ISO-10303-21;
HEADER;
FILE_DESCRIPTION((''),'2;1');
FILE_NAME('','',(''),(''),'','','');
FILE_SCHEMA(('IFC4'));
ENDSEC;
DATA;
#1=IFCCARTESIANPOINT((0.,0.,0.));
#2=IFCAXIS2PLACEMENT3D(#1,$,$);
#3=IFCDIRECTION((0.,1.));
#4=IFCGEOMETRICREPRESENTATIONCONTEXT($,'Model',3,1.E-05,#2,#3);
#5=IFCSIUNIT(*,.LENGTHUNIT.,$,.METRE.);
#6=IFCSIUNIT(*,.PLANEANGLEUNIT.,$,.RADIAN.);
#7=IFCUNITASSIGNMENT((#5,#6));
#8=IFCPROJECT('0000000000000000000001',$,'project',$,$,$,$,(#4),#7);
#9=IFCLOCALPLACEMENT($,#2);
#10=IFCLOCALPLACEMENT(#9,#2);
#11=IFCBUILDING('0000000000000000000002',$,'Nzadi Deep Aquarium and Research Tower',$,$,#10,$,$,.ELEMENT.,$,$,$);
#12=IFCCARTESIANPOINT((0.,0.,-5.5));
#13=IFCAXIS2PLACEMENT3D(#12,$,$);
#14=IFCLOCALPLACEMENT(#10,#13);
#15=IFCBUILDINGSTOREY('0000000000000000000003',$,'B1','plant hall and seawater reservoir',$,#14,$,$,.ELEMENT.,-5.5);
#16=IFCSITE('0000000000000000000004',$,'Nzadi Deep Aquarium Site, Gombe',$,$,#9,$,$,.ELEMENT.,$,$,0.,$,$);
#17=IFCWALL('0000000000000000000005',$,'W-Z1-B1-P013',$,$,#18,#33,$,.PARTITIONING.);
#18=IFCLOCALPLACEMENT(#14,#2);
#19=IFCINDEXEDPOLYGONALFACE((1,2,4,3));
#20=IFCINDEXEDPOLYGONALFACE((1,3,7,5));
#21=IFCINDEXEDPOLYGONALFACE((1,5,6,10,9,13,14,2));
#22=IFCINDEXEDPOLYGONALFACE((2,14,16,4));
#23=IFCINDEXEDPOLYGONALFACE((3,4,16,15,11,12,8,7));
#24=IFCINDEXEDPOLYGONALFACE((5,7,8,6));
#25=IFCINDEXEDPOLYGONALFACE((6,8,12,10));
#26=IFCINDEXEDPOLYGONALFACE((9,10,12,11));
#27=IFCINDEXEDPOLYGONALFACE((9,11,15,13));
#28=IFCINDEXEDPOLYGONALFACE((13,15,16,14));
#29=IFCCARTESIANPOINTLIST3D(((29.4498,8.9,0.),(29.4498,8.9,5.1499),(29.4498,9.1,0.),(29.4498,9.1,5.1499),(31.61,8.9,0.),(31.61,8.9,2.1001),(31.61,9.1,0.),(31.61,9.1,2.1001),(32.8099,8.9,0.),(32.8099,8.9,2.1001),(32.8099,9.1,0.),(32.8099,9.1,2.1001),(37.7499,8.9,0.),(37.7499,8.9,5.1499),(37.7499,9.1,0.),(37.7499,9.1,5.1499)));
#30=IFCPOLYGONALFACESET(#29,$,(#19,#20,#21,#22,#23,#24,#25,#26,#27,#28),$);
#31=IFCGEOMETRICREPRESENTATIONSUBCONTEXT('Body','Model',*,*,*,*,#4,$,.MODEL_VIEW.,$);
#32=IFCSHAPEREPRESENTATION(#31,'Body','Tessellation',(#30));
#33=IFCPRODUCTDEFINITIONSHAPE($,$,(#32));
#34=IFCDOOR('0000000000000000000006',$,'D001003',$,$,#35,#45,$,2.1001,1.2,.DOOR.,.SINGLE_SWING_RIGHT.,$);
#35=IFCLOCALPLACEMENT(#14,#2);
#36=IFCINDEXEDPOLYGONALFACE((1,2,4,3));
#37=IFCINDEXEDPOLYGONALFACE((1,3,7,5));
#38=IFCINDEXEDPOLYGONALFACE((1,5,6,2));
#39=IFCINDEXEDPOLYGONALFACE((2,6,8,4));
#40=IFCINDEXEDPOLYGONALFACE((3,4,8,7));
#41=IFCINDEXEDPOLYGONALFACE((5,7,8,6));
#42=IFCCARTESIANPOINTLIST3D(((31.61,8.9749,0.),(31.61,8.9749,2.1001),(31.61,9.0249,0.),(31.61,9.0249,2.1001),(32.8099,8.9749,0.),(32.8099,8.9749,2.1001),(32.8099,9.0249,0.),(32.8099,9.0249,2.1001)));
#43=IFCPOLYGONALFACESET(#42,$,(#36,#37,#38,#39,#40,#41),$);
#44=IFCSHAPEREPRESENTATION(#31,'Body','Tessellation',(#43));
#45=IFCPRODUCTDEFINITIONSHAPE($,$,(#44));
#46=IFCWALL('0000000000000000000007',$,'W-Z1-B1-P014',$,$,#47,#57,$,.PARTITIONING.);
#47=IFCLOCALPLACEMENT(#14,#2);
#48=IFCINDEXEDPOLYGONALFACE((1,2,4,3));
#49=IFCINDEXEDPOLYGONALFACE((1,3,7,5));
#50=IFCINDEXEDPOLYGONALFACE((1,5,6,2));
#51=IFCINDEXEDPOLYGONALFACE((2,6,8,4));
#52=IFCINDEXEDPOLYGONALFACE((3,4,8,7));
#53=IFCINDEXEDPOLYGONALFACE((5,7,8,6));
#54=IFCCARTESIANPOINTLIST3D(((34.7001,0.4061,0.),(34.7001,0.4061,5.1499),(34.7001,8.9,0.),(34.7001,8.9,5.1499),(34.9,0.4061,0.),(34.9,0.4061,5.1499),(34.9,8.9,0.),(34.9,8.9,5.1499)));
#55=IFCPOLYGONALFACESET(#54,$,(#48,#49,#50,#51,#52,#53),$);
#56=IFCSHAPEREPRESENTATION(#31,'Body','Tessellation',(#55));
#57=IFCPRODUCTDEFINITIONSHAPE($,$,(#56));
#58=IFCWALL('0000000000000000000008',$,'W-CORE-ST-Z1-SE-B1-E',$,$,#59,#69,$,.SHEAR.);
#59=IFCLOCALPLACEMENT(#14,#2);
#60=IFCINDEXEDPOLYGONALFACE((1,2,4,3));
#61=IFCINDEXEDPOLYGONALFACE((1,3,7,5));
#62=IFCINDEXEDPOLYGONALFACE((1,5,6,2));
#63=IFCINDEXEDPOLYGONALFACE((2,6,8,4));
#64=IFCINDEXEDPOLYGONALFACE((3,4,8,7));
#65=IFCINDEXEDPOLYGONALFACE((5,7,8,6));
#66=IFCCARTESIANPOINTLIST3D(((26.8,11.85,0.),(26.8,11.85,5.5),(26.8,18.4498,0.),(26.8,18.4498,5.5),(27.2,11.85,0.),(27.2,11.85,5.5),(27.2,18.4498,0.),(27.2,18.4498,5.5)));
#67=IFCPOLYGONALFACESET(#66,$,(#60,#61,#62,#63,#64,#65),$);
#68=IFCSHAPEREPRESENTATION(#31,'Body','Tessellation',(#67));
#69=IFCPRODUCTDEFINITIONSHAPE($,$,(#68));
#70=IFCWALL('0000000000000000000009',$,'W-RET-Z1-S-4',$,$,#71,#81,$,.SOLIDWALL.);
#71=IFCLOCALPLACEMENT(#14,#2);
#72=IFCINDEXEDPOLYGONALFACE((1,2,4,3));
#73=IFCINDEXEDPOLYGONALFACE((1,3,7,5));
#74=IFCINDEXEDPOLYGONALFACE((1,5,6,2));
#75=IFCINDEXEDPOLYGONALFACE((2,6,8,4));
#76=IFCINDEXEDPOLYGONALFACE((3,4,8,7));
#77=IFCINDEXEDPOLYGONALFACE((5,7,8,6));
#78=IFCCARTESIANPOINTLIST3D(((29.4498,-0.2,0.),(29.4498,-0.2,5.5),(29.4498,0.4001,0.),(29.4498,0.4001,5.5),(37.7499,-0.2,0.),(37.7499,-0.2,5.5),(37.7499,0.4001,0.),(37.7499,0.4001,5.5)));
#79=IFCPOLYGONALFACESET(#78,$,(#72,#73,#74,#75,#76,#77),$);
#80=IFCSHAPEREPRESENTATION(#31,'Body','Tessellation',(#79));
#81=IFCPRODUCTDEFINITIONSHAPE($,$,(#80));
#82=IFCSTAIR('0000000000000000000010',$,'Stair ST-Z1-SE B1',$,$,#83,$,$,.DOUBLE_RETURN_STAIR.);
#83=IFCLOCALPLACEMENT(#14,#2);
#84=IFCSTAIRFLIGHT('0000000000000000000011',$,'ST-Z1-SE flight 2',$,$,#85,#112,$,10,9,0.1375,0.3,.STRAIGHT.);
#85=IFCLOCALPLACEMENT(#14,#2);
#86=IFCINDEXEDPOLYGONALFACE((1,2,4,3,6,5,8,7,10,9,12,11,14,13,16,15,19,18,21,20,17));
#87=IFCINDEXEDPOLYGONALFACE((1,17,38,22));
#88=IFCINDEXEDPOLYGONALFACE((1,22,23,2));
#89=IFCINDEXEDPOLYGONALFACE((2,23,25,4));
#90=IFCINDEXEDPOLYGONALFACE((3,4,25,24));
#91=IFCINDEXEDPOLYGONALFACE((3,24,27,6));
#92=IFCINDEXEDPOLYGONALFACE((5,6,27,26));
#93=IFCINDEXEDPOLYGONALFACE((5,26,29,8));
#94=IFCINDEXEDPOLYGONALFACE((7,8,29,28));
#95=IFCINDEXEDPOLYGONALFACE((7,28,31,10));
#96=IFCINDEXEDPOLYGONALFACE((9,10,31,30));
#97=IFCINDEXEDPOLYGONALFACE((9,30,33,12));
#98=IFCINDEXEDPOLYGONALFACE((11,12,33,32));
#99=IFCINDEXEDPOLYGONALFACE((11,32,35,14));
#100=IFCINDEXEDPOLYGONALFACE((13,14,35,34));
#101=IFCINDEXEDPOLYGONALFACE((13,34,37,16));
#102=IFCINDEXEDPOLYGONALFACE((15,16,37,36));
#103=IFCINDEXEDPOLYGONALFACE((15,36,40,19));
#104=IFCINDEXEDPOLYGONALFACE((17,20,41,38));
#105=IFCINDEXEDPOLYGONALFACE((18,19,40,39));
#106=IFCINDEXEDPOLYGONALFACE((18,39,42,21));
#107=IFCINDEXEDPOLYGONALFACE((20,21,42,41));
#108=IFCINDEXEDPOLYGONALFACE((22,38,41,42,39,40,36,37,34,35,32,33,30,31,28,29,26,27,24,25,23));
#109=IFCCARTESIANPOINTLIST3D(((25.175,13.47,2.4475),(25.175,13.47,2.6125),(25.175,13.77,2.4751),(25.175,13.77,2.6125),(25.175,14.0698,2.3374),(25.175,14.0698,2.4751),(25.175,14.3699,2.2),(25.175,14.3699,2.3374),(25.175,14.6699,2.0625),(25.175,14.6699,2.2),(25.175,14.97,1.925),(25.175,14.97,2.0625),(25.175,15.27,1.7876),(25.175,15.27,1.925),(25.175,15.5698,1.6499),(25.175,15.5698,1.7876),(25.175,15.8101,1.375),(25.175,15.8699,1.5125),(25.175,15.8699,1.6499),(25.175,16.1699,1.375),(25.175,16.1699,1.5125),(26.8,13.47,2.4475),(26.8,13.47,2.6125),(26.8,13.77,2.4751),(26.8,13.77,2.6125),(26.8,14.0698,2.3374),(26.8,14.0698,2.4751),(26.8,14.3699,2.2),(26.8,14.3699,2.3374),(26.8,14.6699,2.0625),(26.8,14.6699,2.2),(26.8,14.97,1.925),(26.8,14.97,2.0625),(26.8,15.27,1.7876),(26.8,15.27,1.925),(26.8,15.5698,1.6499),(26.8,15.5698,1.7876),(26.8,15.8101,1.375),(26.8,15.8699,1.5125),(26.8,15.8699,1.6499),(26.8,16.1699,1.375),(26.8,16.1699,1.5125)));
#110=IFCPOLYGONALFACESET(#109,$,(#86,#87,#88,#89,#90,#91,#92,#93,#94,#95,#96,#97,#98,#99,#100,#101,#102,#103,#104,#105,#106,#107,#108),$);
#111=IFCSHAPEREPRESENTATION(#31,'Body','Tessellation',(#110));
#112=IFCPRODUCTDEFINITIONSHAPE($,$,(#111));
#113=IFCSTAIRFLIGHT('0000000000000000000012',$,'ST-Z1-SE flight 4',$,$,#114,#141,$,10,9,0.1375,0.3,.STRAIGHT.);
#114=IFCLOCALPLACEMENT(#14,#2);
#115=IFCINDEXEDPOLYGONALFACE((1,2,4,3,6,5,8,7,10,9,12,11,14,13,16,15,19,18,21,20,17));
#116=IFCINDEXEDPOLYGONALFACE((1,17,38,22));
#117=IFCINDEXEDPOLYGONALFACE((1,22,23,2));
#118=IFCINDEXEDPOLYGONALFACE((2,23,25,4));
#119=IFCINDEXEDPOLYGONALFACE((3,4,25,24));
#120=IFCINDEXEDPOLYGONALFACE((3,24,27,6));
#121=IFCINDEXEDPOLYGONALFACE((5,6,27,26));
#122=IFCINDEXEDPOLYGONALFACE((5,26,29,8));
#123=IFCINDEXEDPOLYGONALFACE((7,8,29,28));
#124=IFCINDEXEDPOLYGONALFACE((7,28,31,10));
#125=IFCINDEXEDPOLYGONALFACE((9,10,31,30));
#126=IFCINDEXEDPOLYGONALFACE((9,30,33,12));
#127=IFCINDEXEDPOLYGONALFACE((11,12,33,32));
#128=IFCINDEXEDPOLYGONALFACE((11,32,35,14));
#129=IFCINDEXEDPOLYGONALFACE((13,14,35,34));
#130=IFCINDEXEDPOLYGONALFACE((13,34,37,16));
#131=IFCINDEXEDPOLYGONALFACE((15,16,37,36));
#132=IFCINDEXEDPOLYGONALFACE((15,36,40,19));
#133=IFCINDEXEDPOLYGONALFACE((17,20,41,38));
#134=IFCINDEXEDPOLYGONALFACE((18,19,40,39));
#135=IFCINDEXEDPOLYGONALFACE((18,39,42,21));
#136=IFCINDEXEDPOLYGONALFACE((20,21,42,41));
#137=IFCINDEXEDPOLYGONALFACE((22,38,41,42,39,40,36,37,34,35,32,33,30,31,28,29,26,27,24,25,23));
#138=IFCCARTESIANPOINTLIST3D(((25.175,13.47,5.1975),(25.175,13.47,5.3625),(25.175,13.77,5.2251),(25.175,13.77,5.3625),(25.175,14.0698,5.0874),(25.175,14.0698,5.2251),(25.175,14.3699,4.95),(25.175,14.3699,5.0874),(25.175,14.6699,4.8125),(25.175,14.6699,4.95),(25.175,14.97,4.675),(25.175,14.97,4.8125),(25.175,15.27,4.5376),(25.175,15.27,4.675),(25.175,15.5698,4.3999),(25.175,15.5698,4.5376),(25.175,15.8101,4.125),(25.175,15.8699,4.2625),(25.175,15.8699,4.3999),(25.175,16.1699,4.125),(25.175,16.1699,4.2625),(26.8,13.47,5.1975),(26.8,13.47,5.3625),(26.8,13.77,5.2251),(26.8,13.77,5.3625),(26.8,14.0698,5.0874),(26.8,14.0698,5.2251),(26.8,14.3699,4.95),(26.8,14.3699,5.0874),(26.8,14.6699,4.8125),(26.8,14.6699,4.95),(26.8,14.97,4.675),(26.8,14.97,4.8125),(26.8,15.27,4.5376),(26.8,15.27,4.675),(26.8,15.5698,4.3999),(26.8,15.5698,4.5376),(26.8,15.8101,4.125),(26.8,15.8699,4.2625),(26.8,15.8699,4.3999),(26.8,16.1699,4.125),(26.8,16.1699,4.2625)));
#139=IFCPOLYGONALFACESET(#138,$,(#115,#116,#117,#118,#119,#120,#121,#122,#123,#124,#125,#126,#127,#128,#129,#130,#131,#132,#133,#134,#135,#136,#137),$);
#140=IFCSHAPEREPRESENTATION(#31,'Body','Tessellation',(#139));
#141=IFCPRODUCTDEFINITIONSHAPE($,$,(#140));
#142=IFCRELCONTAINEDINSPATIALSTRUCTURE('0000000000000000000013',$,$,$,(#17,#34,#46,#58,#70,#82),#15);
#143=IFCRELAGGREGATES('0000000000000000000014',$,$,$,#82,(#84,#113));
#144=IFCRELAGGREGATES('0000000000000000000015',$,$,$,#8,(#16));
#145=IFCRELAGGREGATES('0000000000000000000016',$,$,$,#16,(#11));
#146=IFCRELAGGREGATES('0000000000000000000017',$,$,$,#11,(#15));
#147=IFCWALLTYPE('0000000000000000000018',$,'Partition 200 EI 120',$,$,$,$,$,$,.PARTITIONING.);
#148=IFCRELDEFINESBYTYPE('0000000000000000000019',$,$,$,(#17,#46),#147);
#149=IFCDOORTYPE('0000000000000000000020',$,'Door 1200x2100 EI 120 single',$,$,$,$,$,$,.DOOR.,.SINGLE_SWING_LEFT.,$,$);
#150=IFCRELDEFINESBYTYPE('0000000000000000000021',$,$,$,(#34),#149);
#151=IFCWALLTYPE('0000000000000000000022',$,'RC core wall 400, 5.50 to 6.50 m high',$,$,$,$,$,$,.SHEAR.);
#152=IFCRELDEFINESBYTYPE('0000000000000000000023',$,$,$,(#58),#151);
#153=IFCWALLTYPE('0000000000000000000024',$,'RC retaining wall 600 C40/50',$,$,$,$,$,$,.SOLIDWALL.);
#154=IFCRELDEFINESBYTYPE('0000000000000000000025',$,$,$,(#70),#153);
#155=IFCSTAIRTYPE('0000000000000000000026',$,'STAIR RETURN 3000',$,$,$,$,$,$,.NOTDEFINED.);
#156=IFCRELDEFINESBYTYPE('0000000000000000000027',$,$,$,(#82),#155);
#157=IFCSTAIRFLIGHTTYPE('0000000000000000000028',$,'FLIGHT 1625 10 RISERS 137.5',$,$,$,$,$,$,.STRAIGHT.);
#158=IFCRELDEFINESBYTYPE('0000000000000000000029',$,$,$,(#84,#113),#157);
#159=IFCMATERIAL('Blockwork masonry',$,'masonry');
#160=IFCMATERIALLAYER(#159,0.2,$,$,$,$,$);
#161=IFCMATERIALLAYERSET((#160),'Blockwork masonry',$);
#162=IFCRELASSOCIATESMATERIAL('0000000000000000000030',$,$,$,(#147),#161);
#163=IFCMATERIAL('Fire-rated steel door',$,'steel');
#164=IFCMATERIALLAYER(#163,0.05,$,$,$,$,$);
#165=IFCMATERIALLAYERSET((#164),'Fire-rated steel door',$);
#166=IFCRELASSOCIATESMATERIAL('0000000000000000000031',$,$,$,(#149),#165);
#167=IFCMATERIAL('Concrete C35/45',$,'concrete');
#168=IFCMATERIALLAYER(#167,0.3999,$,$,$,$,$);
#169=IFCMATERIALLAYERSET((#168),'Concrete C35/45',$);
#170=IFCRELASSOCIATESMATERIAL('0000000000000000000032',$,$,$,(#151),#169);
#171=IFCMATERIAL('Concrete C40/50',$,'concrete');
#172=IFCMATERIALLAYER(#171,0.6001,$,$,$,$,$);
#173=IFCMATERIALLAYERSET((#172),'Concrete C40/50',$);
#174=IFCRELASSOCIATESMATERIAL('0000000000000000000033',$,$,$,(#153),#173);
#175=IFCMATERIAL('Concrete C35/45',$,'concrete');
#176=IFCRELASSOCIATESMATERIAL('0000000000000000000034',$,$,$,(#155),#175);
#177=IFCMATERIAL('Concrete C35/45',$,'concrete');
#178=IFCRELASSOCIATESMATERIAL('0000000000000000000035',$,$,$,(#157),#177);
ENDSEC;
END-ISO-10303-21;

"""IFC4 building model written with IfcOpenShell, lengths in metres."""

from ifc_helpers import new_model, si_unit, direction, frame, frame_2d, origin, place, context, subcontext, project, spatial, polyline, rectangle, outline, extrude, material, layer, layer_set, type_object, element, fill, aggregate, save


model = new_model("IFC4")

# Units and contexts
model_context = context("Model", 3, precision=1e-05, world=origin(), true_north=direction((0.0, 1.0)))
body_context = subcontext(model_context, "Body", "Model", "MODEL_VIEW")
ifc_project = project(units=[si_unit("LENGTHUNIT", "METRE"), si_unit("PLANEANGLEUNIT", "RADIAN")], contexts=[model_context])

# Site, building, storey
site_placement = place(None, origin())
site = spatial("IfcSite", under=ifc_project, at=site_placement, Name="Nzadi Deep Aquarium Site, Gombe", CompositionType="ELEMENT", RefElevation=0.0)
building_placement = place(site_placement, origin())
building = spatial("IfcBuilding", under=site, at=building_placement, Name="Nzadi Deep Aquarium and Research Tower", CompositionType="ELEMENT")
storey_placement = place(building_placement, frame((0.0, 0.0, -5.5)))
storey = spatial("IfcBuildingStorey", under=building, at=storey_placement, Name="B1", Description="plant hall and seawater reservoir", CompositionType="ELEMENT", Elevation=-5.5)

# Shared definitions
ifc_material_1 = material(Name="Blockwork masonry", Category="masonry")
ifc_layer_1 = layer(ifc_material_1, 0.2)
ifc_layer_set_1 = layer_set([ifc_layer_1], Name="Blockwork masonry")
wall_type_1 = type_object("IfcWallType", Name="Partition 200 EI 120", PredefinedType="PARTITIONING", material=ifc_layer_set_1)

# Wall, opening, door
wall_1_placement = place(storey_placement, frame((29.45, 9.0, 0.0), z_axis=(0.0, 0.0, 1.0), x_axis=(1.0, 0.0, 0.0)))
wall_1 = element("IfcWall", 1, at=wall_1_placement, inside=storey, type_object=wall_type_1, Name="W-Z1-B1-P013", PredefinedType="PARTITIONING", context=body_context, shape_type="SweptSolid", body=[
    extrude(rectangle(XDim=8.3, YDim=0.2, at=frame_2d((4.1499, 0.0))), origin(), (0.0, 0.0, 1.0), 5.1499),
])
opening_placement = place(wall_1_placement, frame((2.1599, 0.0, 0.0)))
opening = element("IfcOpeningElement", 2, at=opening_placement, cuts=wall_1, PredefinedType="OPENING", context=body_context, shape_type="SweptSolid", body=[
    extrude(rectangle(XDim=1.2, YDim=2.1001, at=frame_2d((0.6001, 1.05))), frame((0.0, 0.1101, 0.0), z_axis=(0.0, -1.0, 0.0), x_axis=(1.0, 0.0, 0.0)), (0.0, 0.0, 1.0), 0.2202),
])
ifc_material_2 = material(Name="Fire-rated steel door", Category="steel")
ifc_layer_2 = layer(ifc_material_2, 0.05)
ifc_layer_set_2 = layer_set([ifc_layer_2], Name="Fire-rated steel door")
door_type = type_object("IfcDoorType", Name="Door 1200x2100 EI 120 single", OperationType="SINGLE_SWING_LEFT", PredefinedType="DOOR", material=ifc_layer_set_2)
door_placement = place(opening_placement, origin())
door = element("IfcDoor", 3, at=door_placement, inside=storey, type_object=door_type, Name="D001003", OperationType="SINGLE_SWING_RIGHT", OverallHeight=2.1001, OverallWidth=1.2, PredefinedType="DOOR", context=body_context, shape_type="SweptSolid", body=[
    extrude(rectangle(XDim=1.2, YDim=2.1001, at=frame_2d((0.6001, 1.05))), frame((0.0, 0.0249, 0.0), z_axis=(0.0, -1.0, 0.0), x_axis=(1.0, 0.0, 0.0)), (0.0, 0.0, 1.0), 0.05),
])
fill(opening, door)

# Walls
wall_2_placement = place(storey_placement, frame((34.8, 0.406, 0.0), z_axis=(0.0, 0.0, 1.0), x_axis=(0.0, 1.0, 0.0)))
element("IfcWall", 4, at=wall_2_placement, inside=storey, type_object=wall_type_1, Name="W-Z1-B1-P014", PredefinedType="PARTITIONING", context=body_context, shape_type="SweptSolid", body=[
    extrude(rectangle(XDim=8.4939, YDim=0.2, at=frame_2d((4.2471, 0.0))), origin(), (0.0, 0.0, 1.0), 5.1499),
])
ifc_material_3 = material(Name="Concrete C35/45", Category="concrete")
ifc_layer_3 = layer(ifc_material_3, 0.3999)
ifc_layer_set_3 = layer_set([ifc_layer_3], Name="Concrete C35/45")
wall_type_2 = type_object("IfcWallType", Name="RC core wall 400, 5.50 to 6.50 m high", PredefinedType="SHEAR", material=ifc_layer_set_3)
wall_3_placement = place(storey_placement, frame((27.0, 11.8501, 0.0), z_axis=(0.0, 0.0, 1.0), x_axis=(0.0, 1.0, 0.0)))
element("IfcWall", 5, at=wall_3_placement, inside=storey, type_object=wall_type_2, Name="W-CORE-ST-Z1-SE-B1-E", PredefinedType="SHEAR", context=body_context, shape_type="SweptSolid", body=[
    extrude(rectangle(XDim=6.5999, YDim=0.3999, at=frame_2d((3.2998, 0.0))), origin(), (0.0, 0.0, 1.0), 5.5),
])
ifc_material_4 = material(Name="Concrete C40/50", Category="concrete")
ifc_layer_4 = layer(ifc_material_4, 0.6001)
ifc_layer_set_4 = layer_set([ifc_layer_4], Name="Concrete C40/50")
wall_type_3 = type_object("IfcWallType", Name="RC retaining wall 600 C40/50", PredefinedType="SOLIDWALL", material=ifc_layer_set_4)
wall_4_placement = place(storey_placement, frame((29.45, 0.1001, 0.0), z_axis=(0.0, 0.0, 1.0), x_axis=(1.0, 0.0, 0.0)))
element("IfcWall", 6, at=wall_4_placement, inside=storey, type_object=wall_type_3, Name="W-RET-Z1-S-4", PredefinedType="SOLIDWALL", context=body_context, shape_type="SweptSolid", body=[
    extrude(rectangle(XDim=8.3, YDim=0.6001, at=frame_2d((4.1499, 0.0))), origin(), (0.0, 0.0, 1.0), 5.5),
])

# Stair, stair flights
ifc_material_5 = material(Name="Concrete C35/45", Category="concrete")
stair_type = type_object("IfcStairType", Name="STAIR RETURN 3000", PredefinedType="NOTDEFINED", material=ifc_material_5)
stair_placement = place(storey_placement, origin())
stair = element("IfcStair", 7, at=stair_placement, inside=storey, type_object=stair_type, Name="Stair ST-Z1-SE B1", PredefinedType="DOUBLE_RETURN_STAIR")
ifc_material_6 = material(Name="Concrete C35/45", Category="concrete")
stair_flight_type = type_object("IfcStairFlightType", Name="FLIGHT 1625 10 RISERS 137.5", PredefinedType="STRAIGHT", material=ifc_material_6)
stair_flight_1_placement = place(storey_placement, frame((25.9875, 16.1699, 1.375), z_axis=(0.0, 0.0, 1.0), x_axis=(0.0, -1.0, 0.0)))
stair_flight_1 = element("IfcStairFlight", 8, at=stair_flight_1_placement, type_object=stair_flight_type, Name="ST-Z1-SE flight 2", NumberOfRisers=10, NumberOfTreads=9, PredefinedType="STRAIGHT", RiserHeight=0.1375, TreadLength=0.3, context=body_context, shape_type="SweptSolid", body=[
    extrude(outline(polyline([(0.0, 0.0), (0.0, 0.1375), (0.3, 0.1375), (0.3, 0.2749), (0.6001, 0.2749), (0.6001, 0.4126), (0.8999, 0.4126), (0.8999, 0.55), (1.2, 0.55), (1.2, 0.6875), (1.5, 0.6875), (1.5, 0.825), (1.8, 0.825), (1.8, 0.9624), (2.1001, 0.9624), (2.1001, 1.1001), (2.3999, 1.1001), (2.3999, 1.2375), (2.7, 1.2375), (2.7, 1.375), (2.7, 1.0725), (0.3599, 0.0), (0.0, 0.0)])), frame((0.0, 0.8125, 0.0), z_axis=(0.0, -1.0, 0.0), x_axis=(1.0, 0.0, 0.0)), (0.0, 0.0, 1.0), 1.625),
])
stair_flight_2_placement = place(storey_placement, frame((25.9875, 16.1699, 4.125), z_axis=(0.0, 0.0, 1.0), x_axis=(0.0, -1.0, 0.0)))
stair_flight_2 = element("IfcStairFlight", 9, at=stair_flight_2_placement, type_object=stair_flight_type, Name="ST-Z1-SE flight 4", NumberOfRisers=10, NumberOfTreads=9, PredefinedType="STRAIGHT", RiserHeight=0.1375, TreadLength=0.3, context=body_context, shape_type="SweptSolid", body=[
    extrude(outline(polyline([(0.0, 0.0), (0.0, 0.1375), (0.3, 0.1375), (0.3, 0.2749), (0.6001, 0.2749), (0.6001, 0.4126), (0.8999, 0.4126), (0.8999, 0.55), (1.2, 0.55), (1.2, 0.6875), (1.5, 0.6875), (1.5, 0.825), (1.8, 0.825), (1.8, 0.9624), (2.1001, 0.9624), (2.1001, 1.1001), (2.3999, 1.1001), (2.3999, 1.2375), (2.7, 1.2375), (2.7, 1.375), (2.7, 1.0725), (0.3599, 0.0), (0.0, 0.0)])), frame((0.0, 0.8125, 0.0), z_axis=(0.0, -1.0, 0.0), x_axis=(1.0, 0.0, 0.0)), (0.0, 0.0, 1.0), 1.625),
])
aggregate(stair, [stair_flight_1, stair_flight_2])

save(model, "model.ifc")
